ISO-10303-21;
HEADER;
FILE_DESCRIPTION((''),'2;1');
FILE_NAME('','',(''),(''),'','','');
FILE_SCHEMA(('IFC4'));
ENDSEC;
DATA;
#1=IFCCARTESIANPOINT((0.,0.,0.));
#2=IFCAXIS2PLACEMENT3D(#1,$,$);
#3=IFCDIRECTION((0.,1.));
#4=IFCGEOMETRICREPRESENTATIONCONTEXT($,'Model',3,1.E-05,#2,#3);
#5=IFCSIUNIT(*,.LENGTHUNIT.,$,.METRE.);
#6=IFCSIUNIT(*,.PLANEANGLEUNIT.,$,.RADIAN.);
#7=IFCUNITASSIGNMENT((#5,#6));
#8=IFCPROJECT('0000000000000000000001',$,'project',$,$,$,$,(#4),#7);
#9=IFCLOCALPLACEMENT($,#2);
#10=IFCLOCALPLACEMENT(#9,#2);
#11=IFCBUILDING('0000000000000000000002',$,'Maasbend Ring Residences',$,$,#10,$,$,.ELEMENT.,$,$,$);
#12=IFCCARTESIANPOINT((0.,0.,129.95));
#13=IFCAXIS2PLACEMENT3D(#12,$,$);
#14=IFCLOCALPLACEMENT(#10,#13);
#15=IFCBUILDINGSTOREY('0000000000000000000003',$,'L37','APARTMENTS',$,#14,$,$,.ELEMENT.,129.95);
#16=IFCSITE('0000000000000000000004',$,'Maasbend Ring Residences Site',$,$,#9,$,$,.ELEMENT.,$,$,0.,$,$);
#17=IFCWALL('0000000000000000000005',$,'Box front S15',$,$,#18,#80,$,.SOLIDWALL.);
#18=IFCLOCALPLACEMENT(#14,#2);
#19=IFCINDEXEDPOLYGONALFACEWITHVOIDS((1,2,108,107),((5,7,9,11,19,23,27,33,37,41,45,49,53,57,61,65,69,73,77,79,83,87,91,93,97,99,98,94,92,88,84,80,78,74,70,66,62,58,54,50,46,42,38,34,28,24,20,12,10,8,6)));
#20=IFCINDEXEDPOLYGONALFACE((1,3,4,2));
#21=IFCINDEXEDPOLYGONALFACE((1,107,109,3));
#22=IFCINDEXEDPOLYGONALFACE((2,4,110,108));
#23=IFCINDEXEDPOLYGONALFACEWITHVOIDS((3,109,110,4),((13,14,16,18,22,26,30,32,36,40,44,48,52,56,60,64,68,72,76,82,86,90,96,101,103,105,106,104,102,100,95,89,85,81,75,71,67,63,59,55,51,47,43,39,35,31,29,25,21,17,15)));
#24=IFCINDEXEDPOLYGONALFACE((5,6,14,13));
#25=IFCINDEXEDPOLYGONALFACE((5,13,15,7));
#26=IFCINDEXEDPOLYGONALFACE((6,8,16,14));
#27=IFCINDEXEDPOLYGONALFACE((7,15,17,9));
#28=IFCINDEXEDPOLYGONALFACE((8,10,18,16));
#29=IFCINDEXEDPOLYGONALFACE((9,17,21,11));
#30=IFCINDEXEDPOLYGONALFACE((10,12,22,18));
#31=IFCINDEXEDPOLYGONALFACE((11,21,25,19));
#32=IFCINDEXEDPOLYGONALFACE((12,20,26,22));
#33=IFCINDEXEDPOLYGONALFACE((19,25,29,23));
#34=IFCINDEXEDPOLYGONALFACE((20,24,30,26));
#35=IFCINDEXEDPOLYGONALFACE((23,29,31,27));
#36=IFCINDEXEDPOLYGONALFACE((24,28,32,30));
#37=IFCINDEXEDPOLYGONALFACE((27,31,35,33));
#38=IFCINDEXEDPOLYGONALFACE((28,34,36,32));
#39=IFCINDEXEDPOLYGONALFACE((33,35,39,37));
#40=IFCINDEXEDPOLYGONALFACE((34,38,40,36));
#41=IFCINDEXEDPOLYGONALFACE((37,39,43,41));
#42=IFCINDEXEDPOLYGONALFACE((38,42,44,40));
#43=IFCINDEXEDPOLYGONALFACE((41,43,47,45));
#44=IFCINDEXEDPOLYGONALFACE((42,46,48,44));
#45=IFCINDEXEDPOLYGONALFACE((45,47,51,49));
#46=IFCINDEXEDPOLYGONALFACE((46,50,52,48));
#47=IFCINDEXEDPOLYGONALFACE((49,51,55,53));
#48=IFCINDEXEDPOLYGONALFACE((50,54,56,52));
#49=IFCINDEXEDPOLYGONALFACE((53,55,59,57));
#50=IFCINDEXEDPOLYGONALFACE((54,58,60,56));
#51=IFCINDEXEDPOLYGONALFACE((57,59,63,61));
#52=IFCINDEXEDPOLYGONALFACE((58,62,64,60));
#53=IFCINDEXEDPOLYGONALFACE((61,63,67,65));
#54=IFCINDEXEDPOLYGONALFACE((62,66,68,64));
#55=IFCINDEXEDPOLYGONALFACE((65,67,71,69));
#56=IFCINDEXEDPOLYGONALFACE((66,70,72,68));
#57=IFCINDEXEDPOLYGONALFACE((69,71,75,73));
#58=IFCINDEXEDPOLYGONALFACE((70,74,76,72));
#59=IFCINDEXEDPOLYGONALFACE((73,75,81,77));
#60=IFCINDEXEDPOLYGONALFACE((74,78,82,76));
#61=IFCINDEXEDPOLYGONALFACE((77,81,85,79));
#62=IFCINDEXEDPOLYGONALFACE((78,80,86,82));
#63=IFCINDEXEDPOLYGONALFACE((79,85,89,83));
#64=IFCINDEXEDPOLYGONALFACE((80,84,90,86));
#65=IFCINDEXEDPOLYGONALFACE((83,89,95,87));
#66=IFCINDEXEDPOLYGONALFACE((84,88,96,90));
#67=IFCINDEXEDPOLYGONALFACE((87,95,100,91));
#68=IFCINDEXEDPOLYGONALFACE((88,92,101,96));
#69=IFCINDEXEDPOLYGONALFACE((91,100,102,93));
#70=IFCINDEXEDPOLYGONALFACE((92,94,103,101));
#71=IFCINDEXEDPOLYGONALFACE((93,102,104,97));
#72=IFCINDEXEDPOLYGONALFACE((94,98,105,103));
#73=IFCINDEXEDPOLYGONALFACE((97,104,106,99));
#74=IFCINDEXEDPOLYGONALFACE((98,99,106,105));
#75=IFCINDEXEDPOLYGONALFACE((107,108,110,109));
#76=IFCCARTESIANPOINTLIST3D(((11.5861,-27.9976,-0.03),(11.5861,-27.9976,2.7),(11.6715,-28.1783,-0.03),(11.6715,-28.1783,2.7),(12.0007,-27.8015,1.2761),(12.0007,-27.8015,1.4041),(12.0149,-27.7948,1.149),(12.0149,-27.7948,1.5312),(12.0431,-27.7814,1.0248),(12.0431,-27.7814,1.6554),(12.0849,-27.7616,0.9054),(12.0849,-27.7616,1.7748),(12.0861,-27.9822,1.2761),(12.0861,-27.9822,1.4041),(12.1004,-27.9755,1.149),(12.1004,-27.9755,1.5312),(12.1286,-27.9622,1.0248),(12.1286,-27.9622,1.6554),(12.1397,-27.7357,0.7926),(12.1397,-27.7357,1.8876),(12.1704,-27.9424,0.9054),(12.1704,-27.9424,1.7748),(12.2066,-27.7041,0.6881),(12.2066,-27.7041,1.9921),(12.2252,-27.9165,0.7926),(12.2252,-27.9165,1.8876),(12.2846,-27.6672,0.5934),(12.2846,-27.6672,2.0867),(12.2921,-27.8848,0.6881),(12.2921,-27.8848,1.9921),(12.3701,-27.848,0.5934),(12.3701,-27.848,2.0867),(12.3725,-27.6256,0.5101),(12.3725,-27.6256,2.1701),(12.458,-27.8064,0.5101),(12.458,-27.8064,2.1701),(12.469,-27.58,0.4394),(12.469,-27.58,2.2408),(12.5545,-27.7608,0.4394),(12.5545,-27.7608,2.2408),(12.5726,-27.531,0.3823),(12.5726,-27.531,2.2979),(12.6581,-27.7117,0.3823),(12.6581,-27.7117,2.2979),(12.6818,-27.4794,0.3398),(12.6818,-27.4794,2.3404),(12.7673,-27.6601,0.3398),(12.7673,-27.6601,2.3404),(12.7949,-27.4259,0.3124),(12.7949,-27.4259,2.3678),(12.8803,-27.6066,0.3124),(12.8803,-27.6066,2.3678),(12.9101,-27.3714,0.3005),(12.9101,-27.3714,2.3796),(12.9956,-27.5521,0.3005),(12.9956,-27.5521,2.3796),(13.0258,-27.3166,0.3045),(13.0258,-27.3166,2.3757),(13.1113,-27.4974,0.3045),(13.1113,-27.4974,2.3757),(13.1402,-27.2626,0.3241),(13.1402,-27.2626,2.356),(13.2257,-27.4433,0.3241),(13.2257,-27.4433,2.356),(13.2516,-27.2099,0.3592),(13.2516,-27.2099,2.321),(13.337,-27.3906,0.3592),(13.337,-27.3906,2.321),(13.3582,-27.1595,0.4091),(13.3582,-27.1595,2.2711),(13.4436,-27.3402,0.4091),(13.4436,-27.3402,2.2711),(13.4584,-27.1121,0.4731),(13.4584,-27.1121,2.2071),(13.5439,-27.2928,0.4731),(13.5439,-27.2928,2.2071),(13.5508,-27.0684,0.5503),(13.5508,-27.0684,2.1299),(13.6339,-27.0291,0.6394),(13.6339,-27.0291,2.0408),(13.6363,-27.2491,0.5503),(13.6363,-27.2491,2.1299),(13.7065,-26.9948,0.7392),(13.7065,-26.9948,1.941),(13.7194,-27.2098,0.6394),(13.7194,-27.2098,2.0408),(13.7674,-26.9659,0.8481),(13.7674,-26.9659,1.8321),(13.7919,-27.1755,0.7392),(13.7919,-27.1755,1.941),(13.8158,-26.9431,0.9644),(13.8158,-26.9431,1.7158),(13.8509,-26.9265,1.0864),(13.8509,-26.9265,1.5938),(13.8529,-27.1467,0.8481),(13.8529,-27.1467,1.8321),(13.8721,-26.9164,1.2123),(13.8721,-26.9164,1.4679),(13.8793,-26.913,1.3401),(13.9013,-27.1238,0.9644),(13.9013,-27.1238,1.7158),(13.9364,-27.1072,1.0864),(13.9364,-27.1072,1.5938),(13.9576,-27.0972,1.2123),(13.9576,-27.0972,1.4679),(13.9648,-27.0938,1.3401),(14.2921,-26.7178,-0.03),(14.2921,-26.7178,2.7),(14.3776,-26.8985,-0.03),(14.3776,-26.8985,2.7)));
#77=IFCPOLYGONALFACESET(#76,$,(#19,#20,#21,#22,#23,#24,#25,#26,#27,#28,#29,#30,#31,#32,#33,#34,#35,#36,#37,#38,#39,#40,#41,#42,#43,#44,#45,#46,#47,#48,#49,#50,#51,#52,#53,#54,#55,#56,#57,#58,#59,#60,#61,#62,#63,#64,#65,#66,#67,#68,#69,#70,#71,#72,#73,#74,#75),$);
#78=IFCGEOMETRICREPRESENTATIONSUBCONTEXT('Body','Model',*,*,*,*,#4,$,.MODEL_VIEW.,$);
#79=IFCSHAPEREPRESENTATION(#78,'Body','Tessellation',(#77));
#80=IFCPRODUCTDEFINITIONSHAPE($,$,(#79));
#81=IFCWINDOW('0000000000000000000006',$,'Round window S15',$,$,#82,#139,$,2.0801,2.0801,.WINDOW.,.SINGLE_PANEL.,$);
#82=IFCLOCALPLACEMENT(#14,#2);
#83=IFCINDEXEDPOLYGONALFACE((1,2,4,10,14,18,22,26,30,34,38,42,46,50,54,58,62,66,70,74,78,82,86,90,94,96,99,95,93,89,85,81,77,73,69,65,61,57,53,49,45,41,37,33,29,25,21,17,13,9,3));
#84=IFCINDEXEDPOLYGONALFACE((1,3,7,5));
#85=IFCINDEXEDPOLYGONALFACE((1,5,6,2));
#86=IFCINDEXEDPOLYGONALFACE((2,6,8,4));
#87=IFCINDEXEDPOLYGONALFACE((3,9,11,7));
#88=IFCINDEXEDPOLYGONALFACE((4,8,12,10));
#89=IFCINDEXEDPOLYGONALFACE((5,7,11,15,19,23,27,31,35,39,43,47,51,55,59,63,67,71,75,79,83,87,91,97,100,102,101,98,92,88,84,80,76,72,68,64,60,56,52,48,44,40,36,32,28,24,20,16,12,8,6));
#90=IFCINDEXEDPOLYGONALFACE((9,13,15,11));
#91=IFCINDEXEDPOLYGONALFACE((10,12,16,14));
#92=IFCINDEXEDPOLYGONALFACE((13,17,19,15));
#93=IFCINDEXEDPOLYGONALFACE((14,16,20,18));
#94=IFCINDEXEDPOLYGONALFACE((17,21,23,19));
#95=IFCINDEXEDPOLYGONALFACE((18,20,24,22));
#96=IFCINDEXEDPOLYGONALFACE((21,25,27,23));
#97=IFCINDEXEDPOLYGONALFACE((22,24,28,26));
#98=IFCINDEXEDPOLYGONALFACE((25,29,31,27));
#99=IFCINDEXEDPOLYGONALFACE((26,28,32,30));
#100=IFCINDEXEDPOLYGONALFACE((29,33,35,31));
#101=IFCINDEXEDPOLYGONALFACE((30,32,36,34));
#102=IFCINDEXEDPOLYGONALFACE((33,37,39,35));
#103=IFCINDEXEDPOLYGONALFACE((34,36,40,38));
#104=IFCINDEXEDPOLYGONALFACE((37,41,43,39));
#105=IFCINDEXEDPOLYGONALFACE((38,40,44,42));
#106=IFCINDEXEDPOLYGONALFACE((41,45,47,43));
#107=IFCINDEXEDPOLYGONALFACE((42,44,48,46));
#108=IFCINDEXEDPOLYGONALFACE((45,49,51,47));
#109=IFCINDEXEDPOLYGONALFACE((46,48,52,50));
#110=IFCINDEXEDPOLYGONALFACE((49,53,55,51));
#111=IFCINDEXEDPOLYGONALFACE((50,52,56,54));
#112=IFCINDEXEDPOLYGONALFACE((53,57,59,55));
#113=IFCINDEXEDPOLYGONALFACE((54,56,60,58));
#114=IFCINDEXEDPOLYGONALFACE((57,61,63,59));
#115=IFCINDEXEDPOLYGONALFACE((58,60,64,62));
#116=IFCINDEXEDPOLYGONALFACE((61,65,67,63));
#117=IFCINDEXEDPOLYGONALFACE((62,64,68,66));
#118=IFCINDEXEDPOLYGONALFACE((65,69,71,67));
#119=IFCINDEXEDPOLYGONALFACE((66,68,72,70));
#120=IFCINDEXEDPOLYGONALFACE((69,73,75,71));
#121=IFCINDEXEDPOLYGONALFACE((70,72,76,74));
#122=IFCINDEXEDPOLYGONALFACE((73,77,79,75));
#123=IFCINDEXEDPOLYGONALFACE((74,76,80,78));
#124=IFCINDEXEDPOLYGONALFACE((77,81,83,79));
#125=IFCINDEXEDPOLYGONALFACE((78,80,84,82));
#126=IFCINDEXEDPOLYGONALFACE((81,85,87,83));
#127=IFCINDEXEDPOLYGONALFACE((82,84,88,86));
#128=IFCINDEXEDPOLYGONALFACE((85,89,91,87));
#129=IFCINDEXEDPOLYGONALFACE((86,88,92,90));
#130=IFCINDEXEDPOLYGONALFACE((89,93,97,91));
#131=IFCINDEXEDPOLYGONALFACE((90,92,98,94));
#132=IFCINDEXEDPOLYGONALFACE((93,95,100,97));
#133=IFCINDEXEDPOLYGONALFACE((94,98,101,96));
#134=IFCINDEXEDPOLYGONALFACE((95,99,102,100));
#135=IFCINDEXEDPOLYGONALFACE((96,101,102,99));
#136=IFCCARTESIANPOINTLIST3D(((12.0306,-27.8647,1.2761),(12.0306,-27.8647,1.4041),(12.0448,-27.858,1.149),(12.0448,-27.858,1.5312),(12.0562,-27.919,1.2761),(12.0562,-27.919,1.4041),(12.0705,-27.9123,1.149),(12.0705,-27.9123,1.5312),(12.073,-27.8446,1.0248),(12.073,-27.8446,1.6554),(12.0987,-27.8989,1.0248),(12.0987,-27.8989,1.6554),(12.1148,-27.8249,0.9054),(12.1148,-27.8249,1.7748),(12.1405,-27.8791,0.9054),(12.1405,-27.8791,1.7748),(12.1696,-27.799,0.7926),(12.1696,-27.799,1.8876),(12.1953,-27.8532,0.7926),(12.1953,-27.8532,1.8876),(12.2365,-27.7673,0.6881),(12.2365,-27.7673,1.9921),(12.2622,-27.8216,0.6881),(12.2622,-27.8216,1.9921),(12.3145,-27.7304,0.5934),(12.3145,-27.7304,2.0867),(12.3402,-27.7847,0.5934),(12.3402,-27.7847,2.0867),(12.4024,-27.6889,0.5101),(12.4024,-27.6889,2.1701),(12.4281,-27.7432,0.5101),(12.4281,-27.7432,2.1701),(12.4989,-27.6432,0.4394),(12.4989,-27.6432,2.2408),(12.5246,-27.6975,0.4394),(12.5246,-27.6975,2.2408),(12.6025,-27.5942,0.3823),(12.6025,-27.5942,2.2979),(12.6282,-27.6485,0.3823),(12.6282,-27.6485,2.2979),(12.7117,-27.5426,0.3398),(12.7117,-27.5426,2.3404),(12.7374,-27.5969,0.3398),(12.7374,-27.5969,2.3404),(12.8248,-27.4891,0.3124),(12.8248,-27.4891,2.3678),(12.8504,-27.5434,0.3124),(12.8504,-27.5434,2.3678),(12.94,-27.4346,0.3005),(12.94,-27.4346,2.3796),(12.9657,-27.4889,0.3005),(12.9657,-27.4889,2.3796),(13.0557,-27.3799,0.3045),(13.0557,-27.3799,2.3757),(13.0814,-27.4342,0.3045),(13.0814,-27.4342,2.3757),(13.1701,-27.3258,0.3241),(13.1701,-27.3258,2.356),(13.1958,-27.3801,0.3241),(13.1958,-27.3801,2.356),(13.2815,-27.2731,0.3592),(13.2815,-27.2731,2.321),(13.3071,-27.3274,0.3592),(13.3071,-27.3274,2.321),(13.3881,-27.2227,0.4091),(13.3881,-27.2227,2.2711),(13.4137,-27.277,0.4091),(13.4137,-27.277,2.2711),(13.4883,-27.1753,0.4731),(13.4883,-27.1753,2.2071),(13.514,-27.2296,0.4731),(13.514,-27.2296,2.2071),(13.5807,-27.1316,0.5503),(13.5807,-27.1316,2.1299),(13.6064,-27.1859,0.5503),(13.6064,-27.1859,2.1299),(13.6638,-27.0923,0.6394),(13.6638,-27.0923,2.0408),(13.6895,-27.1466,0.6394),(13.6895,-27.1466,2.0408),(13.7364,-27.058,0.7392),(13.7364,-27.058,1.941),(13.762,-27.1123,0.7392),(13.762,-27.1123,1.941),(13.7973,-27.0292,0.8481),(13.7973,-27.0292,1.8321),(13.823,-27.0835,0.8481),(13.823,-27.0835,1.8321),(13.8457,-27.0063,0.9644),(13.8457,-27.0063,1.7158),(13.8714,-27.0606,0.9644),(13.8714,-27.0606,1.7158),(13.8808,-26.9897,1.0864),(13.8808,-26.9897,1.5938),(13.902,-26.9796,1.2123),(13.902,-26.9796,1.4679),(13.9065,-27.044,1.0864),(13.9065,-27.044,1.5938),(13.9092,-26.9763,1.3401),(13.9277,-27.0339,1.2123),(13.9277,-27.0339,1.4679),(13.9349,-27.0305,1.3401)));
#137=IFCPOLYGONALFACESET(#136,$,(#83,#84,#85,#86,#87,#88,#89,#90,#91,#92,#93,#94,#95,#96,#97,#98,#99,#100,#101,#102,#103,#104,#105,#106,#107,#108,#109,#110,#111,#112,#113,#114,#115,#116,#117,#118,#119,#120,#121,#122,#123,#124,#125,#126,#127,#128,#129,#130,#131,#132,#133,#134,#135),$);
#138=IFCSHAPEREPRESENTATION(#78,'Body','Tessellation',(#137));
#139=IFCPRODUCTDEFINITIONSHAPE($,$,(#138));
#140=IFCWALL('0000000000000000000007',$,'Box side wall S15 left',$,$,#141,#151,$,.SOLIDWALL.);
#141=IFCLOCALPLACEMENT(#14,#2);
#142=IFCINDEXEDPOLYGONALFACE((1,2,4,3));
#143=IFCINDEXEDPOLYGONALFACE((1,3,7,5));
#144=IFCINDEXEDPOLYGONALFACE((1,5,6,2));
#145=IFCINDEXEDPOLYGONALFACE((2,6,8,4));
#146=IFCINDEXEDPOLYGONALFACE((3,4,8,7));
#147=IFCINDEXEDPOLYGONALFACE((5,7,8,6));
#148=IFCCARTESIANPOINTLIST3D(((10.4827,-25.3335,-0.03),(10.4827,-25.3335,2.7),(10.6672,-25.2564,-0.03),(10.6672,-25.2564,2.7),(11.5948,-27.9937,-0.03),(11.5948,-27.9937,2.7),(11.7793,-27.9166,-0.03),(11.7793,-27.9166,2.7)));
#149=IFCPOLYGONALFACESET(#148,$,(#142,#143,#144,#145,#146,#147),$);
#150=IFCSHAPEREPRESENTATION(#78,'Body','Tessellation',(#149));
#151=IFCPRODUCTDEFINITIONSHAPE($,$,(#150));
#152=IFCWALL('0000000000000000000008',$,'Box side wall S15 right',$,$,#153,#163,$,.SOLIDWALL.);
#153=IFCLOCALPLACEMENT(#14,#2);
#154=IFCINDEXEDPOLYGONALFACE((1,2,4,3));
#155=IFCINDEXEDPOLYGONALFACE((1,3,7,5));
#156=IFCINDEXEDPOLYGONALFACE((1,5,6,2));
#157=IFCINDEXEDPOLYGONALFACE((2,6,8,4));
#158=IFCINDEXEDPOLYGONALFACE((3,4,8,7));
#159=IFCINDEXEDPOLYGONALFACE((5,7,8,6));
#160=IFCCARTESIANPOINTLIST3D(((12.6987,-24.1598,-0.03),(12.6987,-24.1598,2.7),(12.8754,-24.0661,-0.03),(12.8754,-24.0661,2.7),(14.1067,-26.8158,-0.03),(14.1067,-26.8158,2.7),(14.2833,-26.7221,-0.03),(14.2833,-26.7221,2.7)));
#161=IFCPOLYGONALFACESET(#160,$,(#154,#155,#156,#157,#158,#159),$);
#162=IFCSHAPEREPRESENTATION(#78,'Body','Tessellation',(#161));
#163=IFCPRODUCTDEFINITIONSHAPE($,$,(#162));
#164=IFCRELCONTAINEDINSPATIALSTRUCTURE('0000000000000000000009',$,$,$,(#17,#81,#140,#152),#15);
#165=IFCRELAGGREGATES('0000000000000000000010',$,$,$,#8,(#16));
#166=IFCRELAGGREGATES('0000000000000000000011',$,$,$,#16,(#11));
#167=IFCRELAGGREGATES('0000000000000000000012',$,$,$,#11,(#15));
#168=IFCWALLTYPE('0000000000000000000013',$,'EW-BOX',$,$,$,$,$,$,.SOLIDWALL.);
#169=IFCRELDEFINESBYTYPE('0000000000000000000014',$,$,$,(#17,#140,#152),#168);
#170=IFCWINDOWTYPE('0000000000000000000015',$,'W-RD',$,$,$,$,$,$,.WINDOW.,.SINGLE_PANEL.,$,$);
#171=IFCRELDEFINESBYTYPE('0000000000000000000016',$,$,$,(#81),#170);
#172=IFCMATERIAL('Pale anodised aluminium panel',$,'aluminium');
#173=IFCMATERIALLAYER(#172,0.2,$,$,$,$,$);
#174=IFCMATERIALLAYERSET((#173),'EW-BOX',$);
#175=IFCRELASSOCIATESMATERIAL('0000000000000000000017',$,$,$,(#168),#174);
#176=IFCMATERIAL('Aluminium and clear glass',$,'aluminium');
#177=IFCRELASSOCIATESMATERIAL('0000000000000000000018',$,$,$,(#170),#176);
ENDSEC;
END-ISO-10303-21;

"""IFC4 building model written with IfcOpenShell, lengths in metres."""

from ifc_helpers import new_model, si_unit, direction, frame, frame_2d, origin, place, context, subcontext, project, spatial, rectangle, circle, extrude, material, layer, layer_set, type_object, element, fill, save


model = new_model("IFC4")

# Units and contexts
model_context = context("Model", 3, precision=1e-05, world=origin(), true_north=direction((0.0, 1.0)))
body_context = subcontext(model_context, "Body", "Model", "MODEL_VIEW")
ifc_project = project(units=[si_unit("LENGTHUNIT", "METRE"), si_unit("PLANEANGLEUNIT", "RADIAN")], contexts=[model_context])

# Site, building, storey
site_placement = place(None, origin())
site = spatial("IfcSite", under=ifc_project, at=site_placement, Name="Maasbend Ring Residences Site", CompositionType="ELEMENT", RefElevation=0.0)
building_placement = place(site_placement, origin())
building = spatial("IfcBuilding", under=site, at=building_placement, Name="Maasbend Ring Residences", CompositionType="ELEMENT")
storey_placement = place(building_placement, frame((0.0, 0.0, 129.95)))
storey = spatial("IfcBuildingStorey", under=building, at=storey_placement, Name="L37", Description="APARTMENTS", CompositionType="ELEMENT", Elevation=129.95)

# Wall, opening, window
ifc_material_1 = material(Name="Pale anodised aluminium panel", Category="aluminium")
ifc_layer_1 = layer(ifc_material_1, 0.2)
ifc_layer_set_1 = layer_set([ifc_layer_1], Name="EW-BOX")
wall_type_1 = type_object("IfcWallType", Name="EW-BOX", PredefinedType="SOLIDWALL", material=ifc_layer_set_1)
wall_1_placement = place(storey_placement, frame((11.6289, -28.0879, -0.03), z_axis=(0.0, 0.0, 1.0), x_axis=(0.904, 0.427532, 0.0)))
wall_1 = element("IfcWall", 1, at=wall_1_placement, inside=storey, type_object=wall_type_1, Name="Box front S15", PredefinedType="SOLIDWALL", context=body_context, shape_type="SweptSolid", body=[
    extrude(rectangle(XDim=2.9934, YDim=0.2, at=frame_2d((1.4966, 0.0))), origin(), (0.0, 0.0, 1.0), 2.73),
])
opening_1_placement = place(wall_1_placement, frame((0.4565, 0.0, 0.3301)))
opening_1 = element("IfcOpeningElement", 2, at=opening_1_placement, cuts=wall_1, PredefinedType="OPENING", context=body_context, shape_type="SweptSolid", body=[
    extrude(circle(Radius=1.04, at=frame_2d((1.04, 1.04))), frame((0.0, 0.1099, 0.0), z_axis=(0.0, -1.0, 0.0), x_axis=(1.0, 0.0, 0.0)), (0.0, 0.0, 1.0), 0.22),
])
ifc_material_2 = material(Name="Aluminium and clear glass", Category="aluminium")
window_type_1 = type_object("IfcWindowType", Name="W-RD", PartitioningType="SINGLE_PANEL", PredefinedType="WINDOW", material=ifc_material_2)
window_1_placement = place(opening_1_placement, origin())
window_1 = element("IfcWindow", 3, at=window_1_placement, inside=storey, type_object=window_type_1, Name="Round window S15", OverallHeight=2.0801, OverallWidth=2.0801, PartitioningType="SINGLE_PANEL", PredefinedType="WINDOW", context=body_context, shape_type="SweptSolid", body=[
    extrude(circle(Radius=1.04, at=frame_2d((1.04, 1.04))), frame((0.0, 0.03, 0.0), z_axis=(0.0, -1.0, 0.0), x_axis=(1.0, 0.0, 0.0)), (0.0, 0.0, 1.0), 0.0601),
])
fill(opening_1, window_1)

# Walls
wall_2_placement = place(storey_placement, frame((10.575, -25.2949, -0.03), z_axis=(0.0, 0.0, 1.0), x_axis=(0.385697, -0.922625, 0.0)))
element("IfcWall", 4, at=wall_2_placement, inside=storey, type_object=wall_type_1, Name="Box side wall S15 left", PredefinedType="SOLIDWALL", context=body_context, shape_type="SweptSolid", body=[
    extrude(rectangle(XDim=2.8833, YDim=0.2, at=frame_2d((1.4417, 0.0))), origin(), (0.0, 0.0, 1.0), 2.73),
])
wall_3_placement = place(storey_placement, frame((12.7871, -24.113, -0.03), z_axis=(0.0, 0.0, 1.0), x_axis=(0.468365, -0.883535, 0.0)))
element("IfcWall", 5, at=wall_3_placement, inside=storey, type_object=wall_type_1, Name="Box side wall S15 right", PredefinedType="SOLIDWALL", context=body_context, shape_type="SweptSolid", body=[
    extrude(rectangle(XDim=3.0061, YDim=0.2, at=frame_2d((1.5029, 0.0))), origin(), (0.0, 0.0, 1.0), 2.73),
])

save(model, "model.ifc")
